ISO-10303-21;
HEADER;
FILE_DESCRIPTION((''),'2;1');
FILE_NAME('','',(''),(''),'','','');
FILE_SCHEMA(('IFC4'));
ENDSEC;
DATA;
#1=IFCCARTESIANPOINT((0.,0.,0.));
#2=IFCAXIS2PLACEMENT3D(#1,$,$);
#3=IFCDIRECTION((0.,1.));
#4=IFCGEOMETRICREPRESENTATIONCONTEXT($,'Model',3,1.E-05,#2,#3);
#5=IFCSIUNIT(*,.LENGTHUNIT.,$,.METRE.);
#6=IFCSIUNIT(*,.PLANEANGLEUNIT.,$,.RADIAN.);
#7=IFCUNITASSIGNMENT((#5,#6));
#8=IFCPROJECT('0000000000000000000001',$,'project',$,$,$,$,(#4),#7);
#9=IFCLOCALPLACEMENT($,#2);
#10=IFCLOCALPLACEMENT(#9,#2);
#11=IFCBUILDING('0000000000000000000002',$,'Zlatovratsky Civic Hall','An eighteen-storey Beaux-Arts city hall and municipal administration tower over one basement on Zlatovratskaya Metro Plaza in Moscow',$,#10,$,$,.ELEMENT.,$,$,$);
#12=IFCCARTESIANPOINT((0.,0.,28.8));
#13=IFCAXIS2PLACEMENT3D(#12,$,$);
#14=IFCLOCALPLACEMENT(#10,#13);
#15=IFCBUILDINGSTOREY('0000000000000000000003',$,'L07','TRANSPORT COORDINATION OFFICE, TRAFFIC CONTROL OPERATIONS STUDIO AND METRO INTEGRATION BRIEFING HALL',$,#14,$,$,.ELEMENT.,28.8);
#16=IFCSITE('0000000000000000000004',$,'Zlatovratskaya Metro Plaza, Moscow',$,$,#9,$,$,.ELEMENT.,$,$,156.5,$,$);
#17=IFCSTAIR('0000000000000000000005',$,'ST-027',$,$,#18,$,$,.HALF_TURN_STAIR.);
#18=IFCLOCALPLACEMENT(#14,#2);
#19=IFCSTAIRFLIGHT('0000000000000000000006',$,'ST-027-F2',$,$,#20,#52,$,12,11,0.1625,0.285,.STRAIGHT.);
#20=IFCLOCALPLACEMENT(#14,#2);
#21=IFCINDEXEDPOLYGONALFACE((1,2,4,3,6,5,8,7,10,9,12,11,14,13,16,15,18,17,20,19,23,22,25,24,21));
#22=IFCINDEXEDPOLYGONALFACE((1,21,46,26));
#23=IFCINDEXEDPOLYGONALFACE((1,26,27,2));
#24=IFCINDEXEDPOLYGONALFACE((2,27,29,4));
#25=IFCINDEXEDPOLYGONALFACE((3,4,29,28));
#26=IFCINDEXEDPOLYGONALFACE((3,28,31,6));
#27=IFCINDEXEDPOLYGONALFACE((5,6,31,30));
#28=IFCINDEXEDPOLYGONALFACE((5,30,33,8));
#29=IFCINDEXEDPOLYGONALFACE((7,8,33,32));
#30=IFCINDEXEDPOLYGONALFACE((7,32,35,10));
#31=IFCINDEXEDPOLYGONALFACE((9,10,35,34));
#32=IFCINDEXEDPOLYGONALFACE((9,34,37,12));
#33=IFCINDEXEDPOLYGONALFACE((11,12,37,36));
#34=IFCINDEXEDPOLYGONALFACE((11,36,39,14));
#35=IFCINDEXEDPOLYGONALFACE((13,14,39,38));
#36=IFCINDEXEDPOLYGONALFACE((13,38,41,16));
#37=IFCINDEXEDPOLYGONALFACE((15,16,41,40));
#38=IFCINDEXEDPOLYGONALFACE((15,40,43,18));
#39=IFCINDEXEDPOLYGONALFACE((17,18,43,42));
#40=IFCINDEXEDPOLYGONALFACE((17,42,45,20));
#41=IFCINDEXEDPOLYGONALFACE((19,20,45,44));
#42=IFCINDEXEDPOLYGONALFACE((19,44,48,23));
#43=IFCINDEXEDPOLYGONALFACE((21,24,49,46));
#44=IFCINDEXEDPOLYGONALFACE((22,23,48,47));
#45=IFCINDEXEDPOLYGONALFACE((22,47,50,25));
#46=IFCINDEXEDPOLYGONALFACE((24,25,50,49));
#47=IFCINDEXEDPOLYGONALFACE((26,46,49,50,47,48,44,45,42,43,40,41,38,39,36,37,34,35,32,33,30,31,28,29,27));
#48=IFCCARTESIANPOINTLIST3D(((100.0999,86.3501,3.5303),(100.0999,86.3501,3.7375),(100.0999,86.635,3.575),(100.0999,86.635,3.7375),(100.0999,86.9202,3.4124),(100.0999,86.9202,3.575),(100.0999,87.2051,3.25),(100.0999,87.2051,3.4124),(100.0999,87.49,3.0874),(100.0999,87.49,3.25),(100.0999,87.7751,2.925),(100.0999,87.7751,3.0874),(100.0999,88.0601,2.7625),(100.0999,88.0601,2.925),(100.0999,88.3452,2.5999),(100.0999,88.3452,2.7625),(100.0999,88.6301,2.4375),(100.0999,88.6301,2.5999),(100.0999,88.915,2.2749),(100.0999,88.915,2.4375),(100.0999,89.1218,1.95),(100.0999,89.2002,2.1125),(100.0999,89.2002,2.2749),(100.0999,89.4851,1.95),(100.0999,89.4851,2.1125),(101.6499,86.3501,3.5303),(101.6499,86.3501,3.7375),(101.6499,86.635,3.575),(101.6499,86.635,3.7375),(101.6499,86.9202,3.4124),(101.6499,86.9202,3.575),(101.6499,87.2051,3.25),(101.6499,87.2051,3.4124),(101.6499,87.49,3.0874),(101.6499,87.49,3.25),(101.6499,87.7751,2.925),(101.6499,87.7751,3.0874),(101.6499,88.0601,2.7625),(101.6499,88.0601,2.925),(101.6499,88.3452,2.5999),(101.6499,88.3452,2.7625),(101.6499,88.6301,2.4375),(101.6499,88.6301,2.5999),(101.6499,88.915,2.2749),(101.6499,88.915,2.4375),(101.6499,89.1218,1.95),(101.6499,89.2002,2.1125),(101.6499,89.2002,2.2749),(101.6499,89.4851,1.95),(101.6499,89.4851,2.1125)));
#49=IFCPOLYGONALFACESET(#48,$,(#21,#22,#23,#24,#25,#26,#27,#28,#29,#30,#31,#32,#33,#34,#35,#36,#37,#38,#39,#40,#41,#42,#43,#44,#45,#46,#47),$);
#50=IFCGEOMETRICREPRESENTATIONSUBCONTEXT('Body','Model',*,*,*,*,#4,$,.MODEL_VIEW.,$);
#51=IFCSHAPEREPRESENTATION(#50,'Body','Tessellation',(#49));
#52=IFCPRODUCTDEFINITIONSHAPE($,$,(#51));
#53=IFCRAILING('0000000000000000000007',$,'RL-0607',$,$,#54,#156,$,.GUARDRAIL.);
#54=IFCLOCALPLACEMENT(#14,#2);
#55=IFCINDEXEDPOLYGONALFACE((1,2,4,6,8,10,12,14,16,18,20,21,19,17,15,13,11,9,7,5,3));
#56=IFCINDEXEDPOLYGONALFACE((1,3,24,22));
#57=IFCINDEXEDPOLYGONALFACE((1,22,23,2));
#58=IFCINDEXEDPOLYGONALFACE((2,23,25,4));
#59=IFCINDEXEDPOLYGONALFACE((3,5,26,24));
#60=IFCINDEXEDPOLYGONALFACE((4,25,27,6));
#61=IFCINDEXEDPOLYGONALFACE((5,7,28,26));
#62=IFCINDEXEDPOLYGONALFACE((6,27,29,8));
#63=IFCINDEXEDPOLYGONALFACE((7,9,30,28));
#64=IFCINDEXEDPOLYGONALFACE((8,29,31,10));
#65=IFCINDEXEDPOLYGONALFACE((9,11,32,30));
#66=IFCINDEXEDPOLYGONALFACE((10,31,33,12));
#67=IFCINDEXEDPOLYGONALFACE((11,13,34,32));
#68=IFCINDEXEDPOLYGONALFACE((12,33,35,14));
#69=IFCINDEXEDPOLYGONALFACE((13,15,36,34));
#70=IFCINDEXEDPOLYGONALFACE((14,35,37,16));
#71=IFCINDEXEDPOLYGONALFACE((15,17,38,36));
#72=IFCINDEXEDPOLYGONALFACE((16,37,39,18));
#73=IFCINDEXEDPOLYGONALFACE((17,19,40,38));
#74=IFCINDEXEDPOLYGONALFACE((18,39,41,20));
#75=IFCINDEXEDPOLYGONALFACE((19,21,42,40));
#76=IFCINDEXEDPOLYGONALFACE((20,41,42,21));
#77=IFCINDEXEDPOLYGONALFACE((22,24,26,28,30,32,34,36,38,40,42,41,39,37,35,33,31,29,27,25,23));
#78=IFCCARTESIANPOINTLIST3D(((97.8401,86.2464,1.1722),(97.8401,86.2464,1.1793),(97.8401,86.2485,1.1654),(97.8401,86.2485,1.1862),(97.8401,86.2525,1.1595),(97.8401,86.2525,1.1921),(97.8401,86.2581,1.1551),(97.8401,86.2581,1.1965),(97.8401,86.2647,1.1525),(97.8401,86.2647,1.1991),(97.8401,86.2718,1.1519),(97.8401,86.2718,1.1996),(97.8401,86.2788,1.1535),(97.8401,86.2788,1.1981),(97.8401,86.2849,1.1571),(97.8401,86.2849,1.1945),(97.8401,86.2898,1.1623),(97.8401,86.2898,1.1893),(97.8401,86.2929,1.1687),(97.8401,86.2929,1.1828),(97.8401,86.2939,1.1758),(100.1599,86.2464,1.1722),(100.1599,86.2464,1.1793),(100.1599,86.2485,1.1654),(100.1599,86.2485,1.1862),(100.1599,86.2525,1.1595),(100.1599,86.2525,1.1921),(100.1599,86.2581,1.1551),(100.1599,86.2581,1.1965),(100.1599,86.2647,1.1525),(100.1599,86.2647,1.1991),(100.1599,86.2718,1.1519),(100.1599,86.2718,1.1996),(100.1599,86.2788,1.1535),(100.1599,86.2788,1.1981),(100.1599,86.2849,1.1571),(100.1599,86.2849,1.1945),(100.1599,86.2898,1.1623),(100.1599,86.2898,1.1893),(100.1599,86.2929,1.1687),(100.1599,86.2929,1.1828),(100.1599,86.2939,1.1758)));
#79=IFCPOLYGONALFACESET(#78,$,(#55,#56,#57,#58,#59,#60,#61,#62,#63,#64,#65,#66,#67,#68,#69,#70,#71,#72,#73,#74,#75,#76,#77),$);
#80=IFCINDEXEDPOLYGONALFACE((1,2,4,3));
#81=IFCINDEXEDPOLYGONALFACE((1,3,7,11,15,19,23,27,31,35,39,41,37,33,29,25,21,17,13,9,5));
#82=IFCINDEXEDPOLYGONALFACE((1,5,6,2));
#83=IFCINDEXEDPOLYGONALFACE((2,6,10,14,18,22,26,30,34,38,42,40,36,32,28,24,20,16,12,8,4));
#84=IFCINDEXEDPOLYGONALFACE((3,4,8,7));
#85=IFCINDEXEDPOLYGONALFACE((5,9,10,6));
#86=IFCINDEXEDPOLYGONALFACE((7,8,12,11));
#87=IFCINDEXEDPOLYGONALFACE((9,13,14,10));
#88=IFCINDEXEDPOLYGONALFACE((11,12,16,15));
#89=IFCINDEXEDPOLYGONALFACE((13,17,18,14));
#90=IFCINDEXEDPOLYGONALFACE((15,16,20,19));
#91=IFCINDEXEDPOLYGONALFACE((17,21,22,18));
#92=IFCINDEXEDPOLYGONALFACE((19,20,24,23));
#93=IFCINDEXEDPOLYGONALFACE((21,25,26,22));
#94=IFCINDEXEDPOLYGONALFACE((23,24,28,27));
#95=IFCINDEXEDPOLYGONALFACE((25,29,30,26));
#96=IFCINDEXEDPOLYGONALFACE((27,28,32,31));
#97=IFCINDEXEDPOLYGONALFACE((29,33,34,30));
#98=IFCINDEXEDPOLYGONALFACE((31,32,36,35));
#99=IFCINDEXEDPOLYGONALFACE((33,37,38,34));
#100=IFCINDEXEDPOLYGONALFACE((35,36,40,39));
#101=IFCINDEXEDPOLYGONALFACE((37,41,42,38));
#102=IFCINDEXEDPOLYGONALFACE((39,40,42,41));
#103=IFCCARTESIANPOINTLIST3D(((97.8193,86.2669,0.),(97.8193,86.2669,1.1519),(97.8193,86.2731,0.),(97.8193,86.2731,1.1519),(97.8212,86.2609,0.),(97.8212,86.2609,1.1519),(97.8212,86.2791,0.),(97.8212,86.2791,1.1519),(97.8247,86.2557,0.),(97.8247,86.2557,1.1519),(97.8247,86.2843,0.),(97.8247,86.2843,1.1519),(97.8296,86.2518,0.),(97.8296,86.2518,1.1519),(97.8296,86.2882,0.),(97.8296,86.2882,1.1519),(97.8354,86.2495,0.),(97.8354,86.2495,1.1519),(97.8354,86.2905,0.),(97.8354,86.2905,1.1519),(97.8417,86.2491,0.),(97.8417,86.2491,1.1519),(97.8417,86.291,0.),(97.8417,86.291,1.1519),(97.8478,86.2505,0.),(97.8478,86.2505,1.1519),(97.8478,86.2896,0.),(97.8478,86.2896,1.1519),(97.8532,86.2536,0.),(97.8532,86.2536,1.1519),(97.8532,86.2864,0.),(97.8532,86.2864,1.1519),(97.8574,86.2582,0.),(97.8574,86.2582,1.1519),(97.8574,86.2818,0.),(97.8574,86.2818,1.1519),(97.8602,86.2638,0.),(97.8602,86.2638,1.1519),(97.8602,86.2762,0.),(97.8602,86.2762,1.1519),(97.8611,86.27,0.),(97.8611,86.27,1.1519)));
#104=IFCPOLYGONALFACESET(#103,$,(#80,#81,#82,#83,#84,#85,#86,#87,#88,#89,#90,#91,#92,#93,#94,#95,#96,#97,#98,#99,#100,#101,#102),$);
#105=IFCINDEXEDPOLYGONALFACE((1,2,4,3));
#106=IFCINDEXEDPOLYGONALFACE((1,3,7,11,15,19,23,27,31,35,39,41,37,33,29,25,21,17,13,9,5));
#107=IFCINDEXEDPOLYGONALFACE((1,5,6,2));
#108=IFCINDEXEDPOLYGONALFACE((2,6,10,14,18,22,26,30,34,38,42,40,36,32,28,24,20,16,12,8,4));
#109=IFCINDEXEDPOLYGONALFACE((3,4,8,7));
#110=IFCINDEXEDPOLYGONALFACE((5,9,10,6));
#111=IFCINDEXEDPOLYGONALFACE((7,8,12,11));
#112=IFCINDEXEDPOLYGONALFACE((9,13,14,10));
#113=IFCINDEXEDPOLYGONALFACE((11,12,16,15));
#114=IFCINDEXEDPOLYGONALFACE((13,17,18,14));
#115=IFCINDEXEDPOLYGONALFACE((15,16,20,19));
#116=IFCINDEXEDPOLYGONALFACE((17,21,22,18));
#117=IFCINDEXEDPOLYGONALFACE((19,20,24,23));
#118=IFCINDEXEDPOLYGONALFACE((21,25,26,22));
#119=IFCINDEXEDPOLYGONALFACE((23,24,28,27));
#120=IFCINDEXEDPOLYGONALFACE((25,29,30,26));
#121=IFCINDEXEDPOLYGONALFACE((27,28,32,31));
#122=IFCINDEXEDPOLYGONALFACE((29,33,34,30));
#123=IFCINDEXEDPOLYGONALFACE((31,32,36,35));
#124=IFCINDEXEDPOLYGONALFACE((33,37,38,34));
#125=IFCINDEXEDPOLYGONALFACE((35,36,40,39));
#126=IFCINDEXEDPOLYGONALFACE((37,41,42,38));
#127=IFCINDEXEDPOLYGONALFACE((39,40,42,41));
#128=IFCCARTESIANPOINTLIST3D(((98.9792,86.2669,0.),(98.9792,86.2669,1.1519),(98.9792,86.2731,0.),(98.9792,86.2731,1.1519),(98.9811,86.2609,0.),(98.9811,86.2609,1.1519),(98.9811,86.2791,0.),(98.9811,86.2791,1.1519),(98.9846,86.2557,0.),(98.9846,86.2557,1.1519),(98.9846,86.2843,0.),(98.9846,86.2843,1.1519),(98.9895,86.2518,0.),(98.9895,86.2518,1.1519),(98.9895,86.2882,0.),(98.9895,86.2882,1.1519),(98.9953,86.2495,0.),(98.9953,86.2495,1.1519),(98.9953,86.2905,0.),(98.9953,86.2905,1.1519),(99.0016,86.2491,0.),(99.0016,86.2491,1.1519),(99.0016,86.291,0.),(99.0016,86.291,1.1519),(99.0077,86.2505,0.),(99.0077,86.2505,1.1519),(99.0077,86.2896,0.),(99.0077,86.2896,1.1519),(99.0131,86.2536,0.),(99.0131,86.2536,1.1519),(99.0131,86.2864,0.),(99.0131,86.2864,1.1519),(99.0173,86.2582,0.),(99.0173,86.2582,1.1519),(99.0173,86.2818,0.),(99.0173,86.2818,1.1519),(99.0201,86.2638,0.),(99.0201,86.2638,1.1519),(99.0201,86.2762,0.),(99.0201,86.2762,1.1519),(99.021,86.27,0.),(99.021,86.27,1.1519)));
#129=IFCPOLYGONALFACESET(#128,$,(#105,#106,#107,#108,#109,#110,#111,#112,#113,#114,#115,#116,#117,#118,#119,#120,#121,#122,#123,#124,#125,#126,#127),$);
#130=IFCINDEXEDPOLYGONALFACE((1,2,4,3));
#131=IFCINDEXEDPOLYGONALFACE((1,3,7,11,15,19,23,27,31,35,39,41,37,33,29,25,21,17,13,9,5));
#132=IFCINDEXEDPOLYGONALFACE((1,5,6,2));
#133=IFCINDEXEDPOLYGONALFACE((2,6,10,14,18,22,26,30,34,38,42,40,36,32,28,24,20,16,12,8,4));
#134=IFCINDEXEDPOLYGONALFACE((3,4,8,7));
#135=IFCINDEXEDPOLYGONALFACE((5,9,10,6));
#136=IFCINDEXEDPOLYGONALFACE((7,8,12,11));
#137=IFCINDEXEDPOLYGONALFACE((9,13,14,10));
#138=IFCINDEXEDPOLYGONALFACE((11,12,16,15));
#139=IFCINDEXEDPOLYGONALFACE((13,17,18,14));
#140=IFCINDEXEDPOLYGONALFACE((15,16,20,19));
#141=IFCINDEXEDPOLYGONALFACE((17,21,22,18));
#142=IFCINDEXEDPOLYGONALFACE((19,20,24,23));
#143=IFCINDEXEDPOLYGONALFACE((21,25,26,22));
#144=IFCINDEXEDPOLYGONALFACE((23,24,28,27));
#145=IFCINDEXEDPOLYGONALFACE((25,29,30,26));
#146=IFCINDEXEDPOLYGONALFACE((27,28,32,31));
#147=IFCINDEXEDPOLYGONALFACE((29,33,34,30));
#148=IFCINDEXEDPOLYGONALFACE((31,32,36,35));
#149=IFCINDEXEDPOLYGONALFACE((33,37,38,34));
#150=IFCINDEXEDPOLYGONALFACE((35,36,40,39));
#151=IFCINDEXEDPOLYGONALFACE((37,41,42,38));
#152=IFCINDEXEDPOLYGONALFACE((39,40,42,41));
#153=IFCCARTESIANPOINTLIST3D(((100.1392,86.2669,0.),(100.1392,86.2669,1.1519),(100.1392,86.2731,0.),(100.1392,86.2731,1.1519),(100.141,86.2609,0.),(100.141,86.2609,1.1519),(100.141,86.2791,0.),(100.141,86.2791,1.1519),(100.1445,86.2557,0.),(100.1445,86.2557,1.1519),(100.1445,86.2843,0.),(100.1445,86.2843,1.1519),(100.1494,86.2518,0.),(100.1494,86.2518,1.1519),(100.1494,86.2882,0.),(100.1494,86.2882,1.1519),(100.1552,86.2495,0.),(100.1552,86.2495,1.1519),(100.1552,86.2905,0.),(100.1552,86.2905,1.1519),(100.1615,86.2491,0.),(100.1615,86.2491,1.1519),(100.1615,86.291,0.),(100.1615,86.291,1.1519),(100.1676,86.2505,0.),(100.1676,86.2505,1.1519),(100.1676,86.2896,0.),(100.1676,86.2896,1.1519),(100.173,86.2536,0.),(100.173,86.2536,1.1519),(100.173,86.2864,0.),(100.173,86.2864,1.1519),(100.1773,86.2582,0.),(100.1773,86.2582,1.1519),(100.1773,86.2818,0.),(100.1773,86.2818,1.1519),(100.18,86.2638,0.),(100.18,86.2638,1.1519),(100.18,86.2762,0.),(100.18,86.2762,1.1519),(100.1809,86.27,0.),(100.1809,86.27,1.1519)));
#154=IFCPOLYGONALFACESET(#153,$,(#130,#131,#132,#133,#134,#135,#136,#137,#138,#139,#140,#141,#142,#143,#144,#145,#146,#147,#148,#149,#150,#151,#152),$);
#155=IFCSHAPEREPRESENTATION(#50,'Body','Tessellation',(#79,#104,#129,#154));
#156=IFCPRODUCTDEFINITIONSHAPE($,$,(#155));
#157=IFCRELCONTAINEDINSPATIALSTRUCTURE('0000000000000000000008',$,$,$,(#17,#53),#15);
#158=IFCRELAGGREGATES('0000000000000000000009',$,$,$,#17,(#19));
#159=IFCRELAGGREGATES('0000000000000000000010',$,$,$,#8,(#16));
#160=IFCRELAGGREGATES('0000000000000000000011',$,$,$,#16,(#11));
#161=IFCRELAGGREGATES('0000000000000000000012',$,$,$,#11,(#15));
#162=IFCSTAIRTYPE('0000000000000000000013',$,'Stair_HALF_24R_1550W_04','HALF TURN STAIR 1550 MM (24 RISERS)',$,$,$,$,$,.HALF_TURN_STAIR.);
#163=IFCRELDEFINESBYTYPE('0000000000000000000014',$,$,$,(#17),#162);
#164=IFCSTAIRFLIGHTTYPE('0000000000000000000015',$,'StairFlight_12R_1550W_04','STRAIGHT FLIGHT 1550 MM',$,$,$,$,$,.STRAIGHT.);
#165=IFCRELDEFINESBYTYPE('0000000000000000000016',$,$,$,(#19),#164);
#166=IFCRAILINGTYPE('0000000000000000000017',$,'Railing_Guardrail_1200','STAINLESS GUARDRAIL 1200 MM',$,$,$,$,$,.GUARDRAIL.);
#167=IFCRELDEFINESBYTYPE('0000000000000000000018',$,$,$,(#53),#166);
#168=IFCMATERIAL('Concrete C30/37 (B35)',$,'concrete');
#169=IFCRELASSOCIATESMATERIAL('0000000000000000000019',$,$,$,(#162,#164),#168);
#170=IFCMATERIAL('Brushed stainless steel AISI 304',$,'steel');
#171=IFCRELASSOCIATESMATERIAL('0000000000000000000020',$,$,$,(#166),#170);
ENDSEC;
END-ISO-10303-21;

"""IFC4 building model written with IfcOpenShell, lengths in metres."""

from ifc_helpers import new_model, si_unit, direction, frame, origin, origin_2d, place, context, subcontext, project, spatial, polyline, circle, outline, extrude, material, type_object, element, aggregate, save


model = new_model("IFC4")

# Units and contexts
model_context = context("Model", 3, precision=1e-05, world=origin(), true_north=direction((0.0, 1.0)))
body_context = subcontext(model_context, "Body", "Model", "MODEL_VIEW")
ifc_project = project(units=[si_unit("LENGTHUNIT", "METRE"), si_unit("PLANEANGLEUNIT", "RADIAN")], contexts=[model_context])

# Site, building, storey
site_placement = place(None, origin())
site = spatial("IfcSite", under=ifc_project, at=site_placement, Name="Zlatovratskaya Metro Plaza, Moscow", CompositionType="ELEMENT", RefElevation=156.5)
building_placement = place(site_placement, origin())
building = spatial("IfcBuilding", under=site, at=building_placement, Name="Zlatovratsky Civic Hall", Description="An eighteen-storey Beaux-Arts city hall and municipal administration tower over one basement on Zlatovratskaya Metro Plaza in Moscow", CompositionType="ELEMENT")
storey_placement = place(building_placement, frame((0.0, 0.0, 28.8)))
storey = spatial("IfcBuildingStorey", under=building, at=storey_placement, Name="L07", Description="TRANSPORT COORDINATION OFFICE, TRAFFIC CONTROL OPERATIONS STUDIO AND METRO INTEGRATION BRIEFING HALL", CompositionType="ELEMENT", Elevation=28.8)

# Stair, stair flight
ifc_material_1 = material(Name="Concrete C30/37 (B35)", Category="concrete")
stair_type = type_object("IfcStairType", Name="Stair_HALF_24R_1550W_04", Description="HALF TURN STAIR 1550 MM (24 RISERS)", PredefinedType="HALF_TURN_STAIR", material=ifc_material_1)
stair_placement = place(storey_placement, origin())
stair = element("IfcStair", 1, at=stair_placement, inside=storey, type_object=stair_type, Name="ST-027", PredefinedType="HALF_TURN_STAIR")
stair_flight_type = type_object("IfcStairFlightType", Name="StairFlight_12R_1550W_04", Description="STRAIGHT FLIGHT 1550 MM", PredefinedType="STRAIGHT", material=ifc_material_1)
stair_flight_1_placement = place(storey_placement, frame((100.875, 89.4851, 1.95), z_axis=(0.0, 0.0, 1.0), x_axis=(0.0, -1.0, 0.0)))
stair_flight_1 = element("IfcStairFlight", 2, at=stair_flight_1_placement, type_object=stair_flight_type, Name="ST-027-F2", NumberOfRisers=12, NumberOfTreads=11, PredefinedType="STRAIGHT", RiserHeight=0.1625, TreadLength=0.285, context=body_context, shape_type="SweptSolid", body=[
    extrude(outline(polyline([(0.0, 0.0), (0.0, 0.1626), (0.2849, 0.1626), (0.2849, 0.325), (0.5701, 0.325), (0.5701, 0.4875), (0.855, 0.4875), (0.855, 0.6499), (1.1399, 0.6499), (1.1399, 0.8125), (1.425, 0.8125), (1.425, 0.9751), (1.71, 0.9751), (1.71, 1.1375), (1.9951, 1.1375), (1.9951, 1.3), (2.28, 1.3), (2.28, 1.4624), (2.5649, 1.4624), (2.5649, 1.625), (2.8501, 1.625), (2.8501, 1.7876), (3.135, 1.7876), (3.135, 1.95), (3.135, 1.5803), (0.3633, 0.0), (0.0, 0.0)])), frame((0.0, 0.7749, 0.0), z_axis=(0.0, -1.0, 0.0), x_axis=(1.0, 0.0, 0.0)), (0.0, 0.0, 1.0), 1.55),
])
aggregate(stair, [stair_flight_1])

# Railing
ifc_material_2 = material(Name="Brushed stainless steel AISI 304", Category="steel")
railing_type_1 = type_object("IfcRailingType", Name="Railing_Guardrail_1200", Description="STAINLESS GUARDRAIL 1200 MM", PredefinedType="GUARDRAIL", material=ifc_material_2)
railing_1_placement = place(storey_placement, frame((97.8401, 86.27, 0.0)))
element("IfcRailing", 3, at=railing_1_placement, inside=storey, type_object=railing_type_1, Name="RL-0607", PredefinedType="GUARDRAIL", context=body_context, shape_type="SweptSolid", body=[
    extrude(circle(Radius=0.0239, at=origin_2d()), frame((0.0, 0.0, 1.1758), z_axis=(1.0, 0.0, 0.0), x_axis=(0.0, 1.0, 0.0)), (0.0, 0.0, 1.0), 2.3198),
    extrude(circle(Radius=0.021, at=origin_2d()), origin(), (0.0, 0.0, 1.0), 1.1519),
    extrude(circle(Radius=0.021, at=origin_2d()), frame((1.1599, 0.0, 0.0)), (0.0, 0.0, 1.0), 1.1519),
    extrude(circle(Radius=0.021, at=origin_2d()), frame((2.3198, 0.0, 0.0)), (0.0, 0.0, 1.0), 1.1519),
])

save(model, "model.ifc")
